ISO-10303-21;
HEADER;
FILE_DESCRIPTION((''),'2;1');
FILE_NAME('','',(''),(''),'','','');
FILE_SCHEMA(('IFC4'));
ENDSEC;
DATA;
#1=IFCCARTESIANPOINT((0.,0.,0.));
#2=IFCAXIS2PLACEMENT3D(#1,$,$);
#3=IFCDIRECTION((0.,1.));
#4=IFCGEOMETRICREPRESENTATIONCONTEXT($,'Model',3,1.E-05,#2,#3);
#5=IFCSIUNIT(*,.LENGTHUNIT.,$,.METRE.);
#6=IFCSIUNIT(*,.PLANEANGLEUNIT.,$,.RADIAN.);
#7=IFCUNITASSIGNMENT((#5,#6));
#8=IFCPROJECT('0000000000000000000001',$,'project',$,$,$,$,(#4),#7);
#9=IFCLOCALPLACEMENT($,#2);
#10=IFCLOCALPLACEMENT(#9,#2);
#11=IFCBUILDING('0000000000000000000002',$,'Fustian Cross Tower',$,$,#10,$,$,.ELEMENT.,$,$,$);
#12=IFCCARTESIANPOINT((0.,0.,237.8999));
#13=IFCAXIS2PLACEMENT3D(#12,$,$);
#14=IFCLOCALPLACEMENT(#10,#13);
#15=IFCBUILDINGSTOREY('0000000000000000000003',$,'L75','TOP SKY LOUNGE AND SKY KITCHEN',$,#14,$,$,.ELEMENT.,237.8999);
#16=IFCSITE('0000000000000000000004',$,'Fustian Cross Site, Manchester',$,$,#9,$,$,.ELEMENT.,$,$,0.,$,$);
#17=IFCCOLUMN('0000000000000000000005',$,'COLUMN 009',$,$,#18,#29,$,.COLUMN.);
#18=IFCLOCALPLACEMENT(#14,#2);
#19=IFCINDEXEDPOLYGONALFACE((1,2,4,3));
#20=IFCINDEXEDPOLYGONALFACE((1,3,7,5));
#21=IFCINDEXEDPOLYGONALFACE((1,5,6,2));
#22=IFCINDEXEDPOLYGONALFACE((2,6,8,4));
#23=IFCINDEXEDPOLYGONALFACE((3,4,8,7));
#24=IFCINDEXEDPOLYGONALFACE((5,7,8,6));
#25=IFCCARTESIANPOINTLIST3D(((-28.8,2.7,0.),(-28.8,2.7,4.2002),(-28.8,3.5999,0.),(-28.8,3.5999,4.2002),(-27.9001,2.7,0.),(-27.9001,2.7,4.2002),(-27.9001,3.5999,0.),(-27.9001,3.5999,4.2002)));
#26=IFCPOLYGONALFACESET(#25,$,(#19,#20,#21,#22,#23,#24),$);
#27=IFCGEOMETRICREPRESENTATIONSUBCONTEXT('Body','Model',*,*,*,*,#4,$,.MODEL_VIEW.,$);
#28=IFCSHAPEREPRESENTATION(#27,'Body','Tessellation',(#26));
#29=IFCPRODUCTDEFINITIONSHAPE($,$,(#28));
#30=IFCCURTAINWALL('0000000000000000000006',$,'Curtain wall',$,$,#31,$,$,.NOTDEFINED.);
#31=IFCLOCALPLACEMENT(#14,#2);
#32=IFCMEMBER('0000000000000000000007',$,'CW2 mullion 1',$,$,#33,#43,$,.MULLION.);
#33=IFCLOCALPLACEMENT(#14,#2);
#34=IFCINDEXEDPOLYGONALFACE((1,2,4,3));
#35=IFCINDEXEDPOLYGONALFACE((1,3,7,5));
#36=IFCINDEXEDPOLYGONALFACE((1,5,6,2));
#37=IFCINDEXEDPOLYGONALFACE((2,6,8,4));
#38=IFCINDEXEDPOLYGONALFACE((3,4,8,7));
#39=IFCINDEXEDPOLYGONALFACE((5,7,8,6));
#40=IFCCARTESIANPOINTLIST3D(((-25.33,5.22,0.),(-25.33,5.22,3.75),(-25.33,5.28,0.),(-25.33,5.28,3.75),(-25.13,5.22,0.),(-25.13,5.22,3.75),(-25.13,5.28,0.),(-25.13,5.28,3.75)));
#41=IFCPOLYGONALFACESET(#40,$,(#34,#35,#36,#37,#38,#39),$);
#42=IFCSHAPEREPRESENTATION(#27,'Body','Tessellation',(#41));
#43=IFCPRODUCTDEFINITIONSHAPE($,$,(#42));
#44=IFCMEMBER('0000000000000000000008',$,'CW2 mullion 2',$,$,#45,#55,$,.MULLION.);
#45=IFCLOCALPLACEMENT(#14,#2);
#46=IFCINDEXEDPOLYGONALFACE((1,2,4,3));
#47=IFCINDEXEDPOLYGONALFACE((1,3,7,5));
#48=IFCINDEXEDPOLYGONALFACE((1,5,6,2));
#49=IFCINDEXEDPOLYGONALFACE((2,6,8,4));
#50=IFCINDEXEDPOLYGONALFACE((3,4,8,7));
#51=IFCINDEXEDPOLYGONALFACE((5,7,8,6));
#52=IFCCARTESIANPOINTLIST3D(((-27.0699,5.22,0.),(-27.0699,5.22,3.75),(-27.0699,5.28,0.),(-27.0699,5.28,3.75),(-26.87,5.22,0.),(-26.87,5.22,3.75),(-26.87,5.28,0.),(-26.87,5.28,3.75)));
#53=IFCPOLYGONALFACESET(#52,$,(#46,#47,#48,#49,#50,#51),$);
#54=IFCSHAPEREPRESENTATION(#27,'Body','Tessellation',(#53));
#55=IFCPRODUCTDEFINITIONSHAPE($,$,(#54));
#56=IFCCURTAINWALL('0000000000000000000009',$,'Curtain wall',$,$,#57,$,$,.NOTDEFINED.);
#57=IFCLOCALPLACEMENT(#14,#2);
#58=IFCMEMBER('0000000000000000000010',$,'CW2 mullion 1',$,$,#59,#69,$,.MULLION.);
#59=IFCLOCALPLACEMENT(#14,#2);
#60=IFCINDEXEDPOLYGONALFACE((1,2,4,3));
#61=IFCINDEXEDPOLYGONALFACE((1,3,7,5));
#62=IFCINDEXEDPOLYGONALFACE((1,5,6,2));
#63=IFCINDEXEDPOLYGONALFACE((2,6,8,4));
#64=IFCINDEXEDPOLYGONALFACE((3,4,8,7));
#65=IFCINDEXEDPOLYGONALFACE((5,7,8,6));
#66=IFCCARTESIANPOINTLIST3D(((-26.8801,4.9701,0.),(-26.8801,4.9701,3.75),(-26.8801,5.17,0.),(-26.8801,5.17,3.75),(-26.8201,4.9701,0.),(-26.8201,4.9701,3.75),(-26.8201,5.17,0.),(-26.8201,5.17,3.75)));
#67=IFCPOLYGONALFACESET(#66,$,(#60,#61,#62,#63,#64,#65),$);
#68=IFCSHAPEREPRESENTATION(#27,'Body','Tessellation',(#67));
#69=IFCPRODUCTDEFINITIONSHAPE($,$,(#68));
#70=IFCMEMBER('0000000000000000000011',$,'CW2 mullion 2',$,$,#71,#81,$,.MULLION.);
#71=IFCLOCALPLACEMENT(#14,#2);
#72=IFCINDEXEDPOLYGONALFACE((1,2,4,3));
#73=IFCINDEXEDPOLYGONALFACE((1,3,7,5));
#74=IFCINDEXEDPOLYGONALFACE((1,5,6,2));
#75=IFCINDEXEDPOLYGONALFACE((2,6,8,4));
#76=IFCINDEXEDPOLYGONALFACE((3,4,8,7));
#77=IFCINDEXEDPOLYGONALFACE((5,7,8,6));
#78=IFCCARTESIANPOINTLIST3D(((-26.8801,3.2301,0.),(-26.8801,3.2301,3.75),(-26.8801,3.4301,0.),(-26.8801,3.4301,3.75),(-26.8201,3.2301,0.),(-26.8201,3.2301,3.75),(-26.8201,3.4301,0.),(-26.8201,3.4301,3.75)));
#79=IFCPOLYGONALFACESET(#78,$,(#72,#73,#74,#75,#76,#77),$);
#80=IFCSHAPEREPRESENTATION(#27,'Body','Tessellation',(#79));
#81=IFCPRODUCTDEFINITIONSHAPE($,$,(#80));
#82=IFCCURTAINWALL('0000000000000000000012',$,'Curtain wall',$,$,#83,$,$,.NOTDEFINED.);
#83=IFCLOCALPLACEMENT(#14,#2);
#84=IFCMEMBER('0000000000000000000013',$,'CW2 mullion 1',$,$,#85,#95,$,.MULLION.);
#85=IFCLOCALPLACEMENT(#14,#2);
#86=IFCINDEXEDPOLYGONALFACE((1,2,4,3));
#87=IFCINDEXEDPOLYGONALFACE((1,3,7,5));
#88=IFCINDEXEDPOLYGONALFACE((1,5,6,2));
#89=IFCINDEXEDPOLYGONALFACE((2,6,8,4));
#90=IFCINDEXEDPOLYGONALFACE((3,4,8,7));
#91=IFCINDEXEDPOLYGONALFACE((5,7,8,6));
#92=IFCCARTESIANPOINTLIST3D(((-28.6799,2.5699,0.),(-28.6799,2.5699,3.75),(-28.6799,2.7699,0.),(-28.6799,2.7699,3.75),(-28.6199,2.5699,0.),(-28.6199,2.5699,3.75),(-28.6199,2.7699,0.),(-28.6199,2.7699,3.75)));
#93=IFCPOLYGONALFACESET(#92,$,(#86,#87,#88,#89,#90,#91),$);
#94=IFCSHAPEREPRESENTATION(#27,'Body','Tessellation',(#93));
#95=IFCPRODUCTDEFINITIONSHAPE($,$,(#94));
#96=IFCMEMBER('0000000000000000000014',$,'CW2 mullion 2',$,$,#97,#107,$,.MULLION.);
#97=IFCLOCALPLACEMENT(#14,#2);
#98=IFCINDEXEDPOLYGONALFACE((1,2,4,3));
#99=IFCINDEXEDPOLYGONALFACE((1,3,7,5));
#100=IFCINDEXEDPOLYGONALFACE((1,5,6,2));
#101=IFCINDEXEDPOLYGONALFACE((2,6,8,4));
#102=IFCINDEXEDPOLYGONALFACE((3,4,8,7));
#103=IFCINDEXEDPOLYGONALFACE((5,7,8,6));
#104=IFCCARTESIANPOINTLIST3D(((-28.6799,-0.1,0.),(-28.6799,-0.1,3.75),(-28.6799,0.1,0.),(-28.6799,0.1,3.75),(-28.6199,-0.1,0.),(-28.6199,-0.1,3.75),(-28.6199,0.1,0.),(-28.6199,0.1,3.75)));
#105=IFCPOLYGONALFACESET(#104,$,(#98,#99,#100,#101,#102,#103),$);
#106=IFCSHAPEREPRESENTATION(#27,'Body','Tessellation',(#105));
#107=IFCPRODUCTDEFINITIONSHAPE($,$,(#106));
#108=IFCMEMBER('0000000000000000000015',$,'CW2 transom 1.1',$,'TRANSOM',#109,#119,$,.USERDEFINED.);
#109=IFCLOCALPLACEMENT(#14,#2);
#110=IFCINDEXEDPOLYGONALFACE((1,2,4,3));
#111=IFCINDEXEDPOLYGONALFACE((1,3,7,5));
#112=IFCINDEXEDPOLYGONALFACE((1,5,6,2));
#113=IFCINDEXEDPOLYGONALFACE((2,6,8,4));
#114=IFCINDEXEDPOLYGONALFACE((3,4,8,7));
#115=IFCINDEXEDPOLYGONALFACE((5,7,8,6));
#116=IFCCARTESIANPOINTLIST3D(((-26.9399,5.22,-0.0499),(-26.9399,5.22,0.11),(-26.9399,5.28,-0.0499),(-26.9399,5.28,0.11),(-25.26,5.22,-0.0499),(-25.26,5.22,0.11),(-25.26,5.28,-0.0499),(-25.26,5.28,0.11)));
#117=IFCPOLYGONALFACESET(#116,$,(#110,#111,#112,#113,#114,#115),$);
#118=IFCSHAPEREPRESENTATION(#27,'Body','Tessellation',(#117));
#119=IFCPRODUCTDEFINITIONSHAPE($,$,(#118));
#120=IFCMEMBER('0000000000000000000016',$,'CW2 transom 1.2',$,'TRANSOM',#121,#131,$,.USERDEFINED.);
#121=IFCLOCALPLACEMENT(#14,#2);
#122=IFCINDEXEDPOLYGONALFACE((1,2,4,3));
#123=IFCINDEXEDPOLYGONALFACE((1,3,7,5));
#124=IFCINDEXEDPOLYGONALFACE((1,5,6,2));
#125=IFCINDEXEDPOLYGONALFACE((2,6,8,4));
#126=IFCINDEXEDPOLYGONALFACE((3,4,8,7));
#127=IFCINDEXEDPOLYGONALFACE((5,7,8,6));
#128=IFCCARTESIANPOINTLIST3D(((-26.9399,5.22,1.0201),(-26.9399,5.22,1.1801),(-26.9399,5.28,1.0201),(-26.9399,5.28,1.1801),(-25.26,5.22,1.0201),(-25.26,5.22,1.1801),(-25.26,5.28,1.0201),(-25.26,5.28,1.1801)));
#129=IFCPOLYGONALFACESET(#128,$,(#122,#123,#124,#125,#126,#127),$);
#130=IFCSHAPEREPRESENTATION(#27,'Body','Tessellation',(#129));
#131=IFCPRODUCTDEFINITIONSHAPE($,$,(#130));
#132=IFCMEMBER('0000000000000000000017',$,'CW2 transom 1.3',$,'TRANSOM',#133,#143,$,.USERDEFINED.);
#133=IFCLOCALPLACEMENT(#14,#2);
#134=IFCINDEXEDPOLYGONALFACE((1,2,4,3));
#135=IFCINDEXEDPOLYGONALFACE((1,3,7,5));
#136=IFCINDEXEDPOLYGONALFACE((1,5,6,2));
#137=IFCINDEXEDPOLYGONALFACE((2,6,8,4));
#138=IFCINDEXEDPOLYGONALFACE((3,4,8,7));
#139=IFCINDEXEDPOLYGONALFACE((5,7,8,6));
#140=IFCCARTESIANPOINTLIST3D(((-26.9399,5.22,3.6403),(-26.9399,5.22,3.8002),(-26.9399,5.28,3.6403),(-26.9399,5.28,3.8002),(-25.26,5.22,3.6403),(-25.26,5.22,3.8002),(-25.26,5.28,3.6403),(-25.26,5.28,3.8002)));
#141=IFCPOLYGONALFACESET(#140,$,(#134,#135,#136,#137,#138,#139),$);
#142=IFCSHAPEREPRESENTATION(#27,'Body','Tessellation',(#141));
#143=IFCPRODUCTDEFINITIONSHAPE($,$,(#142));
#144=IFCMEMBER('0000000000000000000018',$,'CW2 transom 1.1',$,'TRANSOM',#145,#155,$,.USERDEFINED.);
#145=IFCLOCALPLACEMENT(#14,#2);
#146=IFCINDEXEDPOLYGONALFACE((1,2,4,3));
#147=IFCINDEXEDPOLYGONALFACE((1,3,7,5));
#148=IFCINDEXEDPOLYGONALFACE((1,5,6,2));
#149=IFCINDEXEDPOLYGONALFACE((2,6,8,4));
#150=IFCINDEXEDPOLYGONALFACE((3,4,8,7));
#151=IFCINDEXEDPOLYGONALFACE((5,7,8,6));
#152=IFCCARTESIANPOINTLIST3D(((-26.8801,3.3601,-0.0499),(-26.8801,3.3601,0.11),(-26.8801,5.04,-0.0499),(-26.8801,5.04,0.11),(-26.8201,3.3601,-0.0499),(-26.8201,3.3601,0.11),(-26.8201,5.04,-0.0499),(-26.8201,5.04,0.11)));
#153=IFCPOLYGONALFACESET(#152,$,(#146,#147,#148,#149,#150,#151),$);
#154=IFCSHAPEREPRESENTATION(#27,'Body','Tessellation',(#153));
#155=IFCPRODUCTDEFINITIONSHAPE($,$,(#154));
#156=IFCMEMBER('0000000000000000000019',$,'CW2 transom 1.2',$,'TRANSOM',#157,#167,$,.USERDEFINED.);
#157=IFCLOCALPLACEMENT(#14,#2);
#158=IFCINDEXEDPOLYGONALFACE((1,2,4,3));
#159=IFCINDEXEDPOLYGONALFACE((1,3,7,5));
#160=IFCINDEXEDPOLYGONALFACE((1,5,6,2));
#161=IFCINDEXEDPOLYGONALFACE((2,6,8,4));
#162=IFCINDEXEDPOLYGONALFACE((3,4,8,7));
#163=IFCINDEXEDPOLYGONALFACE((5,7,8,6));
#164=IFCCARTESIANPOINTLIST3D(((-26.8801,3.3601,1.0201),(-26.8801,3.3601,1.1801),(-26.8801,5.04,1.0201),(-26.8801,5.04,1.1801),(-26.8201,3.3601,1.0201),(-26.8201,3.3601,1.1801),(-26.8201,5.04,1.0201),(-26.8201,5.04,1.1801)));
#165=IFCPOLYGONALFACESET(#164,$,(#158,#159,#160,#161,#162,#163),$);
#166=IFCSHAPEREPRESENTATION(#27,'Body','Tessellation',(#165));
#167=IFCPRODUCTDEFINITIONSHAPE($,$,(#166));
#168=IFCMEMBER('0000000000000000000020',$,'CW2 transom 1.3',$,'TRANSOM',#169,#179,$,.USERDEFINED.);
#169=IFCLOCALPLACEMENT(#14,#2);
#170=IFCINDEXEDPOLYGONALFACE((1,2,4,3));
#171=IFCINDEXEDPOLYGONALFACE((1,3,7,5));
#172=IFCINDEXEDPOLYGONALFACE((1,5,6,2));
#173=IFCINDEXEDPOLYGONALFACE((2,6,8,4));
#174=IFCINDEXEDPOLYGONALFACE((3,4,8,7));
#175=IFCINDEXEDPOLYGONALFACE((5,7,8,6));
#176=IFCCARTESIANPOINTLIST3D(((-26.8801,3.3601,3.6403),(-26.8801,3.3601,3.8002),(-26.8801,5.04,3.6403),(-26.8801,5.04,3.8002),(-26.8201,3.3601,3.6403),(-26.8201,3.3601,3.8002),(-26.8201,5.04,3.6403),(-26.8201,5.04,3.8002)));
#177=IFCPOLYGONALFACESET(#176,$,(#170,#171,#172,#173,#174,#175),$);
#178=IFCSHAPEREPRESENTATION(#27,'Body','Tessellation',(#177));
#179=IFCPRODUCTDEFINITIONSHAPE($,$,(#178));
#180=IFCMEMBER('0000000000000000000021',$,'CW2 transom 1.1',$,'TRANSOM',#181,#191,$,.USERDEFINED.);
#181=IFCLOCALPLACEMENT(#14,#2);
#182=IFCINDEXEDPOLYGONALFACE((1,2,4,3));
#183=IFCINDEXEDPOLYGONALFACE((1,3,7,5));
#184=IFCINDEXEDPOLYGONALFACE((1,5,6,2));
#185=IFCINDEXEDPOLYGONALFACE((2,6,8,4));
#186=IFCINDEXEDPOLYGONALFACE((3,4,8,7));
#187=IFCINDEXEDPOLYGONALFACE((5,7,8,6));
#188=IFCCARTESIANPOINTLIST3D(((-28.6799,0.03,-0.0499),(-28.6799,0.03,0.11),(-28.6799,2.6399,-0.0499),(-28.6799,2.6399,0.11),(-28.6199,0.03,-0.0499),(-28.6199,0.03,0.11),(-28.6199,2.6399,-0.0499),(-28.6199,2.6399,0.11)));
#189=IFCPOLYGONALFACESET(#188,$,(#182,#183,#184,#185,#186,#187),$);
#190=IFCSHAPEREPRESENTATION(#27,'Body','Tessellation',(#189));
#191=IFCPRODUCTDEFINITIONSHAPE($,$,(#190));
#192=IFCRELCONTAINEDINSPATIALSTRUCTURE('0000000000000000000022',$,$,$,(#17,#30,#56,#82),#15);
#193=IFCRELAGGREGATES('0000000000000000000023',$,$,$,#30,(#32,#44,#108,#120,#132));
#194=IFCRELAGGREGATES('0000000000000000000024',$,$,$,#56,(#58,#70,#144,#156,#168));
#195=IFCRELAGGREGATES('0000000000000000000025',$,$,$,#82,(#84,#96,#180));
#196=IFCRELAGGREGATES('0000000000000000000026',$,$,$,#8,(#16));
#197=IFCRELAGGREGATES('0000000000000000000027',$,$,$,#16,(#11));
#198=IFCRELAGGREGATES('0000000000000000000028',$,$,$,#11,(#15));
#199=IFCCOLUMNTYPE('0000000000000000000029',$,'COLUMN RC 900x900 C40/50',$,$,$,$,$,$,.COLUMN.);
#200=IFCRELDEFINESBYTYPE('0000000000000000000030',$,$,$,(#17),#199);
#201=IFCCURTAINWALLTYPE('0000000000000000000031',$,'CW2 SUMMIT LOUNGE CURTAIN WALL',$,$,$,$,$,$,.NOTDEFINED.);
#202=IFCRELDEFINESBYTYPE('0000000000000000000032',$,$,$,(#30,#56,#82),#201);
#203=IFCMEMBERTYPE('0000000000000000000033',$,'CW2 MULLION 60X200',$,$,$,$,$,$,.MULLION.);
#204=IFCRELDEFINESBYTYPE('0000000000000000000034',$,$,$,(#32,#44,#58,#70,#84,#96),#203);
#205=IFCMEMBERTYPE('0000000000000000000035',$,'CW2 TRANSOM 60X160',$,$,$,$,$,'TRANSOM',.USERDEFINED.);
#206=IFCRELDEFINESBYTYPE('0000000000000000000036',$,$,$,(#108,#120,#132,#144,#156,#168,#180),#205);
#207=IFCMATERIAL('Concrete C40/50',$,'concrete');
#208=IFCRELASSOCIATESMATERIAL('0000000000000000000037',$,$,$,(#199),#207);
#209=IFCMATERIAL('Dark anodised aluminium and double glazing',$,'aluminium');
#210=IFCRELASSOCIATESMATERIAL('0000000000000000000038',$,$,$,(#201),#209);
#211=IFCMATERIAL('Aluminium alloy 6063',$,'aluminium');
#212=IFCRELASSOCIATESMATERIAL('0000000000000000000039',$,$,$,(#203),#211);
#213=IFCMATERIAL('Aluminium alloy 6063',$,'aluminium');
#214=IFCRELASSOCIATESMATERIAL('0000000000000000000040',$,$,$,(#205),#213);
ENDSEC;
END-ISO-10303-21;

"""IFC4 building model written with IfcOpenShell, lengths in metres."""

from ifc_helpers import new_model, si_unit, direction, frame, origin, origin_2d, place, context, subcontext, project, spatial, rectangle, extrude, material, material_profile, profile_set, type_object, element, aggregate, save


model = new_model("IFC4")

# Units and contexts
model_context = context("Model", 3, precision=1e-05, world=origin(), true_north=direction((0.0, 1.0)))
body_context = subcontext(model_context, "Body", "Model", "MODEL_VIEW")
ifc_project = project(units=[si_unit("LENGTHUNIT", "METRE"), si_unit("PLANEANGLEUNIT", "RADIAN")], contexts=[model_context])

# Site, building, storey
site_placement = place(None, origin())
site = spatial("IfcSite", under=ifc_project, at=site_placement, Name="Fustian Cross Site, Manchester", CompositionType="ELEMENT", RefElevation=0.0)
building_placement = place(site_placement, origin())
building = spatial("IfcBuilding", under=site, at=building_placement, Name="Fustian Cross Tower", CompositionType="ELEMENT")
storey_placement = place(building_placement, frame((0.0, 0.0, 237.8999)))
storey = spatial("IfcBuildingStorey", under=building, at=storey_placement, Name="L75", Description="TOP SKY LOUNGE AND SKY KITCHEN", CompositionType="ELEMENT", Elevation=237.8999)

# Column
ifc_material_1 = material(Name="Concrete C40/50", Category="concrete")
ifc_material_profile_1 = material_profile(ifc_material_1, rectangle(XDim=0.8999, YDim=0.8999, at=origin_2d()), Name="RC 900x900")
ifc_profile_set_1 = profile_set([ifc_material_profile_1], Name="Concrete C40/50")
column_type = type_object("IfcColumnType", Name="COLUMN RC 900x900 C40/50", PredefinedType="COLUMN", material=ifc_profile_set_1)
column_placement = place(storey_placement, frame((-28.3501, 3.1499, 0.0), z_axis=(0.0, 0.0, 1.0), x_axis=(1.0, 0.0, 0.0)))
element("IfcColumn", 1, at=column_placement, inside=storey, type_object=column_type, Name="COLUMN 009", PredefinedType="COLUMN", context=body_context, shape_type="SweptSolid", body=[
    extrude(rectangle(XDim=0.8999, YDim=0.8999, at=origin_2d()), origin(), (0.0, 0.0, 1.0), 4.2002),
])

# Curtain walls, members
ifc_material_2 = material(Name="Dark anodised aluminium and double glazing", Category="aluminium")
curtain_wall_type = type_object("IfcCurtainWallType", Name="CW2 SUMMIT LOUNGE CURTAIN WALL", PredefinedType="NOTDEFINED", material=ifc_material_2)
curtain_wall_1_placement = place(storey_placement, origin())
curtain_wall_1 = element("IfcCurtainWall", 2, at=curtain_wall_1_placement, inside=storey, type_object=curtain_wall_type, Name="Curtain wall", PredefinedType="NOTDEFINED")
ifc_material_3 = material(Name="Aluminium alloy 6063", Category="aluminium")
ifc_material_profile_2 = material_profile(ifc_material_3, rectangle(XDim=0.0601, YDim=0.2, at=origin_2d()), Name="CW2 MULLION 60X200")
ifc_profile_set_2 = profile_set([ifc_material_profile_2], Name="Aluminium alloy 6063")
member_type_1 = type_object("IfcMemberType", Name="CW2 MULLION 60X200", PredefinedType="MULLION", material=ifc_profile_set_2)
member_1_placement = place(storey_placement, frame((-25.23, 5.25, 0.0), z_axis=(0.0, 0.0, 1.0), x_axis=(0.0, -1.0, 0.0)))
member_1 = element("IfcMember", 3, at=member_1_placement, type_object=member_type_1, Name="CW2 mullion 1", PredefinedType="MULLION", context=body_context, shape_type="SweptSolid", body=[
    extrude(rectangle(XDim=0.0601, YDim=0.2, at=origin_2d()), origin(), (0.0, 0.0, 1.0), 3.75),
])
member_2_placement = place(storey_placement, frame((-26.97, 5.25, 0.0), z_axis=(0.0, 0.0, 1.0), x_axis=(0.0, -1.0, 0.0)))
member_2 = element("IfcMember", 4, at=member_2_placement, type_object=member_type_1, Name="CW2 mullion 2", PredefinedType="MULLION", context=body_context, shape_type="SweptSolid", body=[
    extrude(rectangle(XDim=0.0601, YDim=0.2, at=origin_2d()), origin(), (0.0, 0.0, 1.0), 3.75),
])
curtain_wall_2_placement = place(storey_placement, origin())
curtain_wall_2 = element("IfcCurtainWall", 5, at=curtain_wall_2_placement, inside=storey, type_object=curtain_wall_type, Name="Curtain wall", PredefinedType="NOTDEFINED")
member_3_placement = place(storey_placement, frame((-26.8501, 5.0701, 0.0), z_axis=(0.0, 0.0, 1.0), x_axis=(1.0, 0.0, 0.0)))
member_3 = element("IfcMember", 6, at=member_3_placement, type_object=member_type_1, Name="CW2 mullion 1", PredefinedType="MULLION", context=body_context, shape_type="SweptSolid", body=[
    extrude(rectangle(XDim=0.0601, YDim=0.2, at=origin_2d()), origin(), (0.0, 0.0, 1.0), 3.75),
])
member_4_placement = place(storey_placement, frame((-26.8501, 3.3301, 0.0), z_axis=(0.0, 0.0, 1.0), x_axis=(1.0, 0.0, 0.0)))
member_4 = element("IfcMember", 7, at=member_4_placement, type_object=member_type_1, Name="CW2 mullion 2", PredefinedType="MULLION", context=body_context, shape_type="SweptSolid", body=[
    extrude(rectangle(XDim=0.0601, YDim=0.2, at=origin_2d()), origin(), (0.0, 0.0, 1.0), 3.75),
])
curtain_wall_3_placement = place(storey_placement, origin())
curtain_wall_3 = element("IfcCurtainWall", 8, at=curtain_wall_3_placement, inside=storey, type_object=curtain_wall_type, Name="Curtain wall", PredefinedType="NOTDEFINED")
member_5_placement = place(storey_placement, frame((-28.6499, 2.6699, 0.0), z_axis=(0.0, 0.0, 1.0), x_axis=(1.0, 0.0, 0.0)))
member_5 = element("IfcMember", 9, at=member_5_placement, type_object=member_type_1, Name="CW2 mullion 1", PredefinedType="MULLION", context=body_context, shape_type="SweptSolid", body=[
    extrude(rectangle(XDim=0.0601, YDim=0.2, at=origin_2d()), origin(), (0.0, 0.0, 1.0), 3.75),
])
member_6_placement = place(storey_placement, frame((-28.6499, 0.0, 0.0), z_axis=(0.0, 0.0, 1.0), x_axis=(1.0, 0.0, 0.0)))
member_6 = element("IfcMember", 10, at=member_6_placement, type_object=member_type_1, Name="CW2 mullion 2", PredefinedType="MULLION", context=body_context, shape_type="SweptSolid", body=[
    extrude(rectangle(XDim=0.0601, YDim=0.2, at=origin_2d()), origin(), (0.0, 0.0, 1.0), 3.75),
])

# Members
ifc_material_4 = material(Name="Aluminium alloy 6063", Category="aluminium")
ifc_material_profile_3 = material_profile(ifc_material_4, rectangle(XDim=0.0601, YDim=0.1599, at=origin_2d()), Name="CW2 TRANSOM 60X160")
ifc_profile_set_3 = profile_set([ifc_material_profile_3], Name="Aluminium alloy 6063")
member_type_2 = type_object("IfcMemberType", Name="CW2 TRANSOM 60X160", ElementType="TRANSOM", PredefinedType="USERDEFINED", material=ifc_profile_set_3)
member_7_placement = place(storey_placement, frame((-25.26, 5.25, 0.03), z_axis=(-1.0, 0.0, 0.0), x_axis=(0.0, -1.0, 0.0)))
member_7 = element("IfcMember", 11, at=member_7_placement, type_object=member_type_2, Name="CW2 transom 1.1", ObjectType="TRANSOM", PredefinedType="USERDEFINED", context=body_context, shape_type="SweptSolid", body=[
    extrude(rectangle(XDim=0.0601, YDim=0.1599, at=origin_2d()), origin(), (0.0, 0.0, 1.0), 1.6799),
])
member_8_placement = place(storey_placement, frame((-25.26, 5.25, 1.1001), z_axis=(-1.0, 0.0, 0.0), x_axis=(0.0, -1.0, 0.0)))
member_8 = element("IfcMember", 12, at=member_8_placement, type_object=member_type_2, Name="CW2 transom 1.2", ObjectType="TRANSOM", PredefinedType="USERDEFINED", context=body_context, shape_type="SweptSolid", body=[
    extrude(rectangle(XDim=0.0601, YDim=0.1599, at=origin_2d()), origin(), (0.0, 0.0, 1.0), 1.6799),
])
member_9_placement = place(storey_placement, frame((-25.26, 5.25, 3.7202), z_axis=(-1.0, 0.0, 0.0), x_axis=(0.0, -1.0, 0.0)))
member_9 = element("IfcMember", 13, at=member_9_placement, type_object=member_type_2, Name="CW2 transom 1.3", ObjectType="TRANSOM", PredefinedType="USERDEFINED", context=body_context, shape_type="SweptSolid", body=[
    extrude(rectangle(XDim=0.0601, YDim=0.1599, at=origin_2d()), origin(), (0.0, 0.0, 1.0), 1.6799),
])
member_10_placement = place(storey_placement, frame((-26.8501, 5.04, 0.03), z_axis=(0.0, -1.0, 0.0), x_axis=(1.0, 0.0, 0.0)))
member_10 = element("IfcMember", 14, at=member_10_placement, type_object=member_type_2, Name="CW2 transom 1.1", ObjectType="TRANSOM", PredefinedType="USERDEFINED", context=body_context, shape_type="SweptSolid", body=[
    extrude(rectangle(XDim=0.0601, YDim=0.1599, at=origin_2d()), origin(), (0.0, 0.0, 1.0), 1.6799),
])
member_11_placement = place(storey_placement, frame((-26.8501, 5.04, 1.1001), z_axis=(0.0, -1.0, 0.0), x_axis=(1.0, 0.0, 0.0)))
member_11 = element("IfcMember", 15, at=member_11_placement, type_object=member_type_2, Name="CW2 transom 1.2", ObjectType="TRANSOM", PredefinedType="USERDEFINED", context=body_context, shape_type="SweptSolid", body=[
    extrude(rectangle(XDim=0.0601, YDim=0.1599, at=origin_2d()), origin(), (0.0, 0.0, 1.0), 1.6799),
])
member_12_placement = place(storey_placement, frame((-26.8501, 5.04, 3.7202), z_axis=(0.0, -1.0, 0.0), x_axis=(1.0, 0.0, 0.0)))
member_12 = element("IfcMember", 16, at=member_12_placement, type_object=member_type_2, Name="CW2 transom 1.3", ObjectType="TRANSOM", PredefinedType="USERDEFINED", context=body_context, shape_type="SweptSolid", body=[
    extrude(rectangle(XDim=0.0601, YDim=0.1599, at=origin_2d()), origin(), (0.0, 0.0, 1.0), 1.6799),
])
member_13_placement = place(storey_placement, frame((-28.6499, 2.6399, 0.03), z_axis=(0.0, -1.0, 0.0), x_axis=(1.0, 0.0, 0.0)))
member_13 = element("IfcMember", 17, at=member_13_placement, type_object=member_type_2, Name="CW2 transom 1.1", ObjectType="TRANSOM", PredefinedType="USERDEFINED", context=body_context, shape_type="SweptSolid", body=[
    extrude(rectangle(XDim=0.0601, YDim=0.1599, at=origin_2d()), origin(), (0.0, 0.0, 1.0), 2.6099),
])

aggregate(curtain_wall_1, [member_1, member_2, member_7, member_8, member_9])
aggregate(curtain_wall_2, [member_3, member_4, member_10, member_11, member_12])
aggregate(curtain_wall_3, [member_5, member_6, member_13])

save(model, "model.ifc")
